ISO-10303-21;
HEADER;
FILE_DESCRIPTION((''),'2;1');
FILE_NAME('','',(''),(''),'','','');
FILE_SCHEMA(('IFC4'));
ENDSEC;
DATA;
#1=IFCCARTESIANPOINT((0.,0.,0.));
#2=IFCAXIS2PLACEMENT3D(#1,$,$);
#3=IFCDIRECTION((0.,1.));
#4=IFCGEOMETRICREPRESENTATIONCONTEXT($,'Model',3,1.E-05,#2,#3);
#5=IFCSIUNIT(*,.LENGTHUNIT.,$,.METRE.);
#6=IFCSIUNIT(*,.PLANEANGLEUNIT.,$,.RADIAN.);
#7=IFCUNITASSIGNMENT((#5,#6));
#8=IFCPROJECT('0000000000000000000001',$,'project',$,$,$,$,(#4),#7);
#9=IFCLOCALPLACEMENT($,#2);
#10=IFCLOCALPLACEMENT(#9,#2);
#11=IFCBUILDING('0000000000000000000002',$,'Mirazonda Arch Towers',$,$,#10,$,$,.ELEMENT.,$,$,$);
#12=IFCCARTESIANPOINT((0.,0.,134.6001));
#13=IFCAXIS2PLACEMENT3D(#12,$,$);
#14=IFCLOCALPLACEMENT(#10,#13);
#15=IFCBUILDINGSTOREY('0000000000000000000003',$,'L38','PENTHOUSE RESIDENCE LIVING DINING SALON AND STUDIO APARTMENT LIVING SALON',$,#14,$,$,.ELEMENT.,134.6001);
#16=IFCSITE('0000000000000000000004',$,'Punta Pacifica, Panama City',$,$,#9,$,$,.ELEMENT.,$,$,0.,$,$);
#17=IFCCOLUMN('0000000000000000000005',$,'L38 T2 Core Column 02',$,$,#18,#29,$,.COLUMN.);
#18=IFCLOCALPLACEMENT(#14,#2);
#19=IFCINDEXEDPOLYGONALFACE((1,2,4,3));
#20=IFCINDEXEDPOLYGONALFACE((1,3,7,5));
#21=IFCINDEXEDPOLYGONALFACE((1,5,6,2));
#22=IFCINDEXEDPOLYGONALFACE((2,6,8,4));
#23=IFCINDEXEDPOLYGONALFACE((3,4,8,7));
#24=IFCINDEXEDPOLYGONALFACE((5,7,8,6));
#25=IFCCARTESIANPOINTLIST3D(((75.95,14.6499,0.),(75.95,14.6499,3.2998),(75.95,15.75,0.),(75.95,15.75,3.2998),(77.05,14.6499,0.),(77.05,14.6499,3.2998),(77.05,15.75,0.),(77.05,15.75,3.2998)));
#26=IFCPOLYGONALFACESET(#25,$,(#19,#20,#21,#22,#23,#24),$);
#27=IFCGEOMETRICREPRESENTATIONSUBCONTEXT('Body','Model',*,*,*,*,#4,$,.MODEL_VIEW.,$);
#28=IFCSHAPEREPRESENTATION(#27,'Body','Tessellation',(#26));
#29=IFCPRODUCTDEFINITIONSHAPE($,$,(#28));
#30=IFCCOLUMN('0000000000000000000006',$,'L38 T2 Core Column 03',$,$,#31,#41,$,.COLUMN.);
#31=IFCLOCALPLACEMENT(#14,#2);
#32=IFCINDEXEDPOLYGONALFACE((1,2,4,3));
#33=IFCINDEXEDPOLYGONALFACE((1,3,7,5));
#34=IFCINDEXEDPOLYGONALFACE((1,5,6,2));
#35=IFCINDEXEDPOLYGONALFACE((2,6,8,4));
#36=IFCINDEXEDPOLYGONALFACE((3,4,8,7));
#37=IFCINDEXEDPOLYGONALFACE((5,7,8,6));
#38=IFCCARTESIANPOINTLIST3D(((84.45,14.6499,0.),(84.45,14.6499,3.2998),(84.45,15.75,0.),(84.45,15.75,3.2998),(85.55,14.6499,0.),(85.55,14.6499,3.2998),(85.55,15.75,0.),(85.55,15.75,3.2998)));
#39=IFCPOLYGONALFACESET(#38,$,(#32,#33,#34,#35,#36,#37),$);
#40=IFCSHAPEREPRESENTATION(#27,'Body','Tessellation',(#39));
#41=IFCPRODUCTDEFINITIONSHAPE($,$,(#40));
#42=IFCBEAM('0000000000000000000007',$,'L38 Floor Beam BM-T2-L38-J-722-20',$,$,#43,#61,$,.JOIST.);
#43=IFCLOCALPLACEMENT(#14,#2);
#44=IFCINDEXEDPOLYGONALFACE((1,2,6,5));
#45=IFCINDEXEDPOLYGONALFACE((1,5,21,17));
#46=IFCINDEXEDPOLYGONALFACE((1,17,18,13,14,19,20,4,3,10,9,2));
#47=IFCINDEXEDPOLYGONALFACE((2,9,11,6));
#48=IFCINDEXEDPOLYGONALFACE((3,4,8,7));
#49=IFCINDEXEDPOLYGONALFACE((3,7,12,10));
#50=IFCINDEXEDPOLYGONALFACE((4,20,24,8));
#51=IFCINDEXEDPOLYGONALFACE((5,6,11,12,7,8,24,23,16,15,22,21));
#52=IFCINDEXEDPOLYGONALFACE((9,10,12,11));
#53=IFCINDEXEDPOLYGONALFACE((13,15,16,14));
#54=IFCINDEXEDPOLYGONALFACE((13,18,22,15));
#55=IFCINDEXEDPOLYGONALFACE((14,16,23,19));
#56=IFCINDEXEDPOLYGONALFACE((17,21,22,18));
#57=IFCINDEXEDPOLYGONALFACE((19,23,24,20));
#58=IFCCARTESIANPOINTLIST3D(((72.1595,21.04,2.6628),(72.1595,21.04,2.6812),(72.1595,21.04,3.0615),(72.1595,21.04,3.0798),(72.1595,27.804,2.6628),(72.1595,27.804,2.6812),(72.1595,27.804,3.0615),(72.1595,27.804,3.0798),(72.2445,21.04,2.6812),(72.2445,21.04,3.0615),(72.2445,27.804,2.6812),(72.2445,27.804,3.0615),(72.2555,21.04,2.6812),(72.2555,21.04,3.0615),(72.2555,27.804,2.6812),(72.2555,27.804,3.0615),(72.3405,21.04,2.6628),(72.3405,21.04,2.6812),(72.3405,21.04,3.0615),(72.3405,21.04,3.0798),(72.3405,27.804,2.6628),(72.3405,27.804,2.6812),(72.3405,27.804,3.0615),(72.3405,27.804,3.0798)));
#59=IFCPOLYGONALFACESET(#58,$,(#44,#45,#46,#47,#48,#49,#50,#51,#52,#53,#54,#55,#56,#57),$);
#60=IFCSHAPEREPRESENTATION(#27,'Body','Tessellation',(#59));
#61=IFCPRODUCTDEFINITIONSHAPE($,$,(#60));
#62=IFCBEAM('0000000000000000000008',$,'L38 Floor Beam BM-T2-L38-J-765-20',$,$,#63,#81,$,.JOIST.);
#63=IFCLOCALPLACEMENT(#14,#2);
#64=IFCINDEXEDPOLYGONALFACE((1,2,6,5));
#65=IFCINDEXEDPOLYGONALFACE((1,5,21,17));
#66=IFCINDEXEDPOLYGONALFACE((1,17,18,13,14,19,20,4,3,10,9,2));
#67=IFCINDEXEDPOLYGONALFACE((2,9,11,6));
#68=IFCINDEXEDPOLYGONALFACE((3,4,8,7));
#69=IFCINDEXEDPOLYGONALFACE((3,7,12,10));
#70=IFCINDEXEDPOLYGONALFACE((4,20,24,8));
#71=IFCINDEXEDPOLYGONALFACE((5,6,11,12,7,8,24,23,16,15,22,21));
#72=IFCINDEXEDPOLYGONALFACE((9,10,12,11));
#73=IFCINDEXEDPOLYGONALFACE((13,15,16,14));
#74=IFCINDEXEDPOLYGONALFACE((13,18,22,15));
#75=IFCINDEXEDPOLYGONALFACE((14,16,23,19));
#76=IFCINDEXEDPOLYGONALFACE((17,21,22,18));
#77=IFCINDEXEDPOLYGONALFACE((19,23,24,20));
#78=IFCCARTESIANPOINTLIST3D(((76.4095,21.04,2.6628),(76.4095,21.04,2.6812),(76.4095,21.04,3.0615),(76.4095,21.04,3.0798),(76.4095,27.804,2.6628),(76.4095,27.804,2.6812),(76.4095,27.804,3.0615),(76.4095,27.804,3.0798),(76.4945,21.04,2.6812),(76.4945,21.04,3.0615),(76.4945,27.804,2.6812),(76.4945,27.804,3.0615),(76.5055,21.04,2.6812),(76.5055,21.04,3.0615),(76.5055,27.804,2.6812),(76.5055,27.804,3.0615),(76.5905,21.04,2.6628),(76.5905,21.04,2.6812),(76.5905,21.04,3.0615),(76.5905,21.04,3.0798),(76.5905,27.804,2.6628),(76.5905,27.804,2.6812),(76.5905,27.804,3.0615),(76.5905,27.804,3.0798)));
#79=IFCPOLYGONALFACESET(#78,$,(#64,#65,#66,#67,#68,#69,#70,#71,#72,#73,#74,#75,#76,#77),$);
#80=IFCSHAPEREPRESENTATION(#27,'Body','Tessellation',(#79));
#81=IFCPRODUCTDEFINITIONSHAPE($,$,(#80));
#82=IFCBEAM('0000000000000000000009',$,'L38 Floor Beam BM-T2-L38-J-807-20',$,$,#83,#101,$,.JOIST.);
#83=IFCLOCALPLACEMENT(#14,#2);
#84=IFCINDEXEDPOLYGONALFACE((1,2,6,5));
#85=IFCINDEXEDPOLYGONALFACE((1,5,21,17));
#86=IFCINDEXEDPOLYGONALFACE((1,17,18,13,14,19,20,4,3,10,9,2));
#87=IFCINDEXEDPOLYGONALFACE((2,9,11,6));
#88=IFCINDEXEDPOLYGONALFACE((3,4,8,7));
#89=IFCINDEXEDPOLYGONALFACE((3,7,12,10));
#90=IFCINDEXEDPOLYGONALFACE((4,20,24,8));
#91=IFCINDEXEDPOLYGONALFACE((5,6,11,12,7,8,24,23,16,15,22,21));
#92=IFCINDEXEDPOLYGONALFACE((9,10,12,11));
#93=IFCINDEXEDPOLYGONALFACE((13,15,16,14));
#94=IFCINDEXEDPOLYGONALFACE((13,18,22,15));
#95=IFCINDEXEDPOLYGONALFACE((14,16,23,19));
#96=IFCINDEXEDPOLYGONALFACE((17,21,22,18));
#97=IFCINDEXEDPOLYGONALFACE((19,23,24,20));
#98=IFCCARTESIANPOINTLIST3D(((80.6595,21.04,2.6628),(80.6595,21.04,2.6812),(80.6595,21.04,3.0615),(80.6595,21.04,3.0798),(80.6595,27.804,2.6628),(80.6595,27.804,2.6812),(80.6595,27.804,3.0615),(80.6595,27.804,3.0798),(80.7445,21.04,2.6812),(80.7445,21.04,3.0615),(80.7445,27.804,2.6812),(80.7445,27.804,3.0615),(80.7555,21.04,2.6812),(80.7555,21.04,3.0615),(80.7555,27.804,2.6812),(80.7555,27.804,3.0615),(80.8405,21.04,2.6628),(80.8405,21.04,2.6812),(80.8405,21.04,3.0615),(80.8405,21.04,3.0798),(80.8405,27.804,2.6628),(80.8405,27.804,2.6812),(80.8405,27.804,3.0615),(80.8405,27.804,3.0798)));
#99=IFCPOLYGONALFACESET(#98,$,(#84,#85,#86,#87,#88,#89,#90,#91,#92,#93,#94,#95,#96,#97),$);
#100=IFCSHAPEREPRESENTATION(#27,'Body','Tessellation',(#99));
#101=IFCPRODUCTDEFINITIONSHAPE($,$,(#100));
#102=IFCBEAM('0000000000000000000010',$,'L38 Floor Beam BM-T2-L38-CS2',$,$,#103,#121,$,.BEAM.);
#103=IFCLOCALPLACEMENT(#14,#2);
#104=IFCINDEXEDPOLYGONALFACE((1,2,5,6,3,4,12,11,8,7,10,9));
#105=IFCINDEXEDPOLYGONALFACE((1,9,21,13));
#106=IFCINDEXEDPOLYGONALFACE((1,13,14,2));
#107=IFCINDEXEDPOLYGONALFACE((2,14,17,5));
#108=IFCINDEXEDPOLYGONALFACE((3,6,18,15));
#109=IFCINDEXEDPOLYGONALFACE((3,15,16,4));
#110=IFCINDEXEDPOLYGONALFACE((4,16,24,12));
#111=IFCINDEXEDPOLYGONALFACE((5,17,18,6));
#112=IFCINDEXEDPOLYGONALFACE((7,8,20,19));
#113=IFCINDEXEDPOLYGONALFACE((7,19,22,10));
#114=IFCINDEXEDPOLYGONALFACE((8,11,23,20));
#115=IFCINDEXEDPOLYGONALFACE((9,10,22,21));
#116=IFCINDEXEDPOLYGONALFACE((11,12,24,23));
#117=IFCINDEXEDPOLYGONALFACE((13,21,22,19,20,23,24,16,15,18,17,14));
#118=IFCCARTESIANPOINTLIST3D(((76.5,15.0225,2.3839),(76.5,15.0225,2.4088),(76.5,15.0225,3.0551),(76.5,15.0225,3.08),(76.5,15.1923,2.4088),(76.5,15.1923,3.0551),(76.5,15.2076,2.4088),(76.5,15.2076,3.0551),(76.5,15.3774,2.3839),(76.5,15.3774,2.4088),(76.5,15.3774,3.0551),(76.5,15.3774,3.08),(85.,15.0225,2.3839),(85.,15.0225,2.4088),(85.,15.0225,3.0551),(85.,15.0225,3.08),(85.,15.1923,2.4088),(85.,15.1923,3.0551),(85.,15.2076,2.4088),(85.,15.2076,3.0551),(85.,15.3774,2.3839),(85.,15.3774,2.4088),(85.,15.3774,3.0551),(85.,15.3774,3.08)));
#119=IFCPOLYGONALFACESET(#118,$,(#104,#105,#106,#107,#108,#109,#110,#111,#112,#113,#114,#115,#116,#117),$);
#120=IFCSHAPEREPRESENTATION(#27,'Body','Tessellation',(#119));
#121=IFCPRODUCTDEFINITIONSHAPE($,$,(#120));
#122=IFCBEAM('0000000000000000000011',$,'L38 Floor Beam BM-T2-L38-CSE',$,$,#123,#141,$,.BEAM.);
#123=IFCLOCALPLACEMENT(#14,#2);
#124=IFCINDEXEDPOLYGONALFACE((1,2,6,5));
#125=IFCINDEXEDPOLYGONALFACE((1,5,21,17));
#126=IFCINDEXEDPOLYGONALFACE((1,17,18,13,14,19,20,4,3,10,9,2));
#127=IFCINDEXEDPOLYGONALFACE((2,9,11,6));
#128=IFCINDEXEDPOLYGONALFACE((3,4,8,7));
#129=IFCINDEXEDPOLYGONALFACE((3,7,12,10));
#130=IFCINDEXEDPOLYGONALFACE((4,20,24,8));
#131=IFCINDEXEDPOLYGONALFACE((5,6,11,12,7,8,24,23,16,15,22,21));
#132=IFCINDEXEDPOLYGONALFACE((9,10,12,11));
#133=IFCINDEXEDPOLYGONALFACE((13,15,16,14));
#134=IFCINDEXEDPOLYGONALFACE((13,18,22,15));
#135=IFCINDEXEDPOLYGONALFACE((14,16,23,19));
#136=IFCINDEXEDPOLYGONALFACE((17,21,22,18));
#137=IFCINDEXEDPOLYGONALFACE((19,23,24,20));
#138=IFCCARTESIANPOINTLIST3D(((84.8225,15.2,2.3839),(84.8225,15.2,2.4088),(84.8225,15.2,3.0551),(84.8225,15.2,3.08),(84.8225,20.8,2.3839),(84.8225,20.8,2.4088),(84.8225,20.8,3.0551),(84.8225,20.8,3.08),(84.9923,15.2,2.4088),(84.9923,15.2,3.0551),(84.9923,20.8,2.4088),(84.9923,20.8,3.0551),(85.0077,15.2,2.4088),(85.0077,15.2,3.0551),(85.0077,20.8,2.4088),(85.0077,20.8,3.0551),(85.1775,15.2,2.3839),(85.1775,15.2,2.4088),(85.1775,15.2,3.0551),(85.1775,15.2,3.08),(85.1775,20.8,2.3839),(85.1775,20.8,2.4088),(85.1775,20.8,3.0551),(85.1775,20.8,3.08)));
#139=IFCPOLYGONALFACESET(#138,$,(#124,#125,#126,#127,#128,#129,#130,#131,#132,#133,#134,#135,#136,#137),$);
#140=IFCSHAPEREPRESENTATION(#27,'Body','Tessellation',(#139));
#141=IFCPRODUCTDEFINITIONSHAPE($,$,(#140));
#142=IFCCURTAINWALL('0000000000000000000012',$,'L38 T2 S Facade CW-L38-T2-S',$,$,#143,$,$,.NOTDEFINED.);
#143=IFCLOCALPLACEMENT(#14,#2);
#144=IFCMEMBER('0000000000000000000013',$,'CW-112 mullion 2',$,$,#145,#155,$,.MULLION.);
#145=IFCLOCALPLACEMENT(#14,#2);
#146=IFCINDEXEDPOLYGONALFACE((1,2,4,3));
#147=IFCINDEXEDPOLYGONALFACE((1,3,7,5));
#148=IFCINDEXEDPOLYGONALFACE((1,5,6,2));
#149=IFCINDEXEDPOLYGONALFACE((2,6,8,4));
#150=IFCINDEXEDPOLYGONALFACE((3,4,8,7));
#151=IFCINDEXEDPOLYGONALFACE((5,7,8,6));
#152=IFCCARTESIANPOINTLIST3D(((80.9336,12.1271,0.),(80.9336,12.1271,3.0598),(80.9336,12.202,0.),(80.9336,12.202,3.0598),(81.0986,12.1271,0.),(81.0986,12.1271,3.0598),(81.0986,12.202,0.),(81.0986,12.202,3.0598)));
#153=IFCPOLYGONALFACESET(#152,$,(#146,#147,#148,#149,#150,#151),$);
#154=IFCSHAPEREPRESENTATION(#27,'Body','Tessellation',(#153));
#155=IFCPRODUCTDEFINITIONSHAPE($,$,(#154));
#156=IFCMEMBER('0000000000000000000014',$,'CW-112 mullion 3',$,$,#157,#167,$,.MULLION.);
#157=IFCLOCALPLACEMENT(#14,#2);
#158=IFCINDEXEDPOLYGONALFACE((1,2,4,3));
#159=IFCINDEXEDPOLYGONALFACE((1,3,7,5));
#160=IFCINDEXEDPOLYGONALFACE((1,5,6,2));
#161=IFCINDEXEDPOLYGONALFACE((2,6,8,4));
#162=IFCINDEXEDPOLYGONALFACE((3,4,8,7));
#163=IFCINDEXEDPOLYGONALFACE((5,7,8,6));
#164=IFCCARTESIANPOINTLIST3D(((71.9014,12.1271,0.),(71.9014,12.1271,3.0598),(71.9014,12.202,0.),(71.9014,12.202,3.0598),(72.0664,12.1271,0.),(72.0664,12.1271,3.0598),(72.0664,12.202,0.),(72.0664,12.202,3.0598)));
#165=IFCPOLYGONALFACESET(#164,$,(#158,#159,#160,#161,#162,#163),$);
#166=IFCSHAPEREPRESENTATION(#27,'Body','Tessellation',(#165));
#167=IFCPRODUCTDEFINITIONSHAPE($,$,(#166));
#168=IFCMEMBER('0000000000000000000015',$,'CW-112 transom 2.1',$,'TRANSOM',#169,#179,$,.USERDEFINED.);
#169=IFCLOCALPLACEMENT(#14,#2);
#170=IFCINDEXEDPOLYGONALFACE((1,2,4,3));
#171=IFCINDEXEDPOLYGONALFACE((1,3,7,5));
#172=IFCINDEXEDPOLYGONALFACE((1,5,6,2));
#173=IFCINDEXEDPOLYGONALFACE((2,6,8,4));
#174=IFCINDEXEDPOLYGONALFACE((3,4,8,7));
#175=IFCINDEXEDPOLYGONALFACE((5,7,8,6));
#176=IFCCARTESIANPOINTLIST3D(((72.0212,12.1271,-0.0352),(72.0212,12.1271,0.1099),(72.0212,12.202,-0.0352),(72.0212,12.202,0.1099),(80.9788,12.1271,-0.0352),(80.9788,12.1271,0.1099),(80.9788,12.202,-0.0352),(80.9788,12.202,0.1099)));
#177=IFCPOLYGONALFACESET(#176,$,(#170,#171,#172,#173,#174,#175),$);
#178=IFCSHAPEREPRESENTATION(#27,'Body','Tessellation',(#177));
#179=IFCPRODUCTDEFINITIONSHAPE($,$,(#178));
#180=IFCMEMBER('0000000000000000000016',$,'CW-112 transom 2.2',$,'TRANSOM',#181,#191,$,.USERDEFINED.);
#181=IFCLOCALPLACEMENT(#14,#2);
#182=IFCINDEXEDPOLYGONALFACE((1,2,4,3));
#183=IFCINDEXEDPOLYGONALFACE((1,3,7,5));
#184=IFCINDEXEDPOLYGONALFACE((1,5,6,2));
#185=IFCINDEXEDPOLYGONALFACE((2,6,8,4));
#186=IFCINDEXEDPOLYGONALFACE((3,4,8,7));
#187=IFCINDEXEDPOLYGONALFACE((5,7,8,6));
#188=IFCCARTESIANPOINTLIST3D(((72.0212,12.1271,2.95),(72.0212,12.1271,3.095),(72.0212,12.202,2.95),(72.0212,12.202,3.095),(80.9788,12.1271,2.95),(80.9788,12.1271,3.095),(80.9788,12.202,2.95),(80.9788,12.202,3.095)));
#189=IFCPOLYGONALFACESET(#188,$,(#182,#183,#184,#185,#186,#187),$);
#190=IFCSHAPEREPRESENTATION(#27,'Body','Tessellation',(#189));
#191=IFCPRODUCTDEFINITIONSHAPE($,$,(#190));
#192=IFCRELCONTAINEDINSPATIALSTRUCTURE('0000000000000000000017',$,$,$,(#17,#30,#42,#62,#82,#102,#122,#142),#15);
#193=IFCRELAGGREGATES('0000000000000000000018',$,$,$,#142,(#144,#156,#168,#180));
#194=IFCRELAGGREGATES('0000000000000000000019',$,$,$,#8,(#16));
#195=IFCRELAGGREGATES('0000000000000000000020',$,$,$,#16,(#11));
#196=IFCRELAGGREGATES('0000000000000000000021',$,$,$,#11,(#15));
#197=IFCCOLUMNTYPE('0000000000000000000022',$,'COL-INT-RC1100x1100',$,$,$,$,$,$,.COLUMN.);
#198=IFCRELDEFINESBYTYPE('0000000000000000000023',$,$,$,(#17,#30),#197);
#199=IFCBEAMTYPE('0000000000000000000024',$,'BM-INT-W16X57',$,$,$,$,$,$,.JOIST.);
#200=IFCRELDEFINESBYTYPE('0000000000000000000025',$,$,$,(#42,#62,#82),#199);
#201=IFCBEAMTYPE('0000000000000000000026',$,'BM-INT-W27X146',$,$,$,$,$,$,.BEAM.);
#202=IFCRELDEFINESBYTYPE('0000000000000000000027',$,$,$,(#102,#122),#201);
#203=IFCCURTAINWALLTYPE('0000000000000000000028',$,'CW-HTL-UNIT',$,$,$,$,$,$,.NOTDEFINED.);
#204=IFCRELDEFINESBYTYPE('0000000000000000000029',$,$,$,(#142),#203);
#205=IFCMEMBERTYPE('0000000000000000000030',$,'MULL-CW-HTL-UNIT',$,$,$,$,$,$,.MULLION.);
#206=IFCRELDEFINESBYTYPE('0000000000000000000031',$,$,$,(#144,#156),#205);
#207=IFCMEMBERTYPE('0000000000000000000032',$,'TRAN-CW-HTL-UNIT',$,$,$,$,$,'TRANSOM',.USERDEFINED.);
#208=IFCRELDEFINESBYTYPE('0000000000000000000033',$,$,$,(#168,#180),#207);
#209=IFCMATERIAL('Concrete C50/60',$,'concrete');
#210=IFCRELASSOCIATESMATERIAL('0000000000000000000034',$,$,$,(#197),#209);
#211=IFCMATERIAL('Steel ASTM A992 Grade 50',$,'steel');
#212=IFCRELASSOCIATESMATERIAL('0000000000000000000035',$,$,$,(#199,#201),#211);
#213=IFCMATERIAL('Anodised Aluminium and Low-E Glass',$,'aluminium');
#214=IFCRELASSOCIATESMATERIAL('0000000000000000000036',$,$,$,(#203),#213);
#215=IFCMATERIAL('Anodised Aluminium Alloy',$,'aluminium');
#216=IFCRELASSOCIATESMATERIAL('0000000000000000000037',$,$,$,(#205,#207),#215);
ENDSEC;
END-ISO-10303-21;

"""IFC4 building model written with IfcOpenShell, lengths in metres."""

from ifc_helpers import new_model, si_unit, direction, frame, origin, origin_2d, place, context, subcontext, project, spatial, rectangle, i_section, extrude, material, material_profile, profile_set, type_object, element, aggregate, save


model = new_model("IFC4")

# Units and contexts
model_context = context("Model", 3, precision=1e-05, world=origin(), true_north=direction((0.0, 1.0)))
body_context = subcontext(model_context, "Body", "Model", "MODEL_VIEW")
ifc_project = project(units=[si_unit("LENGTHUNIT", "METRE"), si_unit("PLANEANGLEUNIT", "RADIAN")], contexts=[model_context])

# Site, building, storey
site_placement = place(None, origin())
site = spatial("IfcSite", under=ifc_project, at=site_placement, Name="Punta Pacifica, Panama City", CompositionType="ELEMENT", RefElevation=0.0)
building_placement = place(site_placement, origin())
building = spatial("IfcBuilding", under=site, at=building_placement, Name="Mirazonda Arch Towers", CompositionType="ELEMENT")
storey_placement = place(building_placement, frame((0.0, 0.0, 134.6001)))
storey = spatial("IfcBuildingStorey", under=building, at=storey_placement, Name="L38", Description="PENTHOUSE RESIDENCE LIVING DINING SALON AND STUDIO APARTMENT LIVING SALON", CompositionType="ELEMENT", Elevation=134.6001)

# Columns
ifc_material_1 = material(Name="Concrete C50/60", Category="concrete")
ifc_material_profile_1 = material_profile(ifc_material_1, rectangle(XDim=1.1001, YDim=1.1001, at=origin_2d()), Name="RC1100x1100")
ifc_profile_set_1 = profile_set([ifc_material_profile_1], Name="Concrete C50/60")
column_type = type_object("IfcColumnType", Name="COL-INT-RC1100x1100", PredefinedType="COLUMN", material=ifc_profile_set_1)
for number, where, z_axis, x_axis, name in (
    (1, (76.5, 15.2, 0.0), (0.0, 0.0, 1.0), (1.0, 0.0, 0.0), "L38 T2 Core Column 02"),
    (2, (85.0, 15.2, 0.0), (0.0, 0.0, 1.0), (1.0, 0.0, 0.0), "L38 T2 Core Column 03"),
):
    element("IfcColumn", number, at=place(storey_placement, frame(where, z_axis=z_axis, x_axis=x_axis)), inside=storey, type_object=column_type, Name=name, PredefinedType="COLUMN", context=body_context, shape_type="SweptSolid", body=[
        extrude(rectangle(XDim=1.1001, YDim=1.1001, at=origin_2d()), origin(), (0.0, 0.0, 1.0), 3.2998),
    ])

# Beams
ifc_material_2 = material(Name="Steel ASTM A992 Grade 50", Category="steel")
ifc_material_profile_2 = material_profile(ifc_material_2, i_section(OverallWidth=0.1809, OverallDepth=0.417, WebThickness=0.011, FlangeThickness=0.0183, at=origin_2d()), Name="W16X57")
ifc_profile_set_2 = profile_set([ifc_material_profile_2], Name="Steel ASTM A992 Grade 50")
beam_type_1 = type_object("IfcBeamType", Name="BM-INT-W16X57", PredefinedType="JOIST", material=ifc_profile_set_2)
for number, where, z_axis, x_axis, name in (
    (3, (72.25, 21.04, 2.8713), (0.0, 1.0, 0.0), (-1.0, 0.0, 0.0), "L38 Floor Beam BM-T2-L38-J-722-20"),
    (4, (76.5, 21.04, 2.8713), (0.0, 1.0, 0.0), (-1.0, 0.0, 0.0), "L38 Floor Beam BM-T2-L38-J-765-20"),
    (5, (80.75, 21.04, 2.8713), (0.0, 1.0, 0.0), (-1.0, 0.0, 0.0), "L38 Floor Beam BM-T2-L38-J-807-20"),
):
    element("IfcBeam", number, at=place(storey_placement, frame(where, z_axis=z_axis, x_axis=x_axis)), inside=storey, type_object=beam_type_1, Name=name, PredefinedType="JOIST", context=body_context, shape_type="SweptSolid", body=[
        extrude(i_section(OverallWidth=0.1809, OverallDepth=0.417, WebThickness=0.011, FlangeThickness=0.0183, at=origin_2d()), origin(), (0.0, 0.0, 1.0), 6.7639),
    ])
ifc_material_profile_3 = material_profile(ifc_material_2, i_section(OverallWidth=0.355, OverallDepth=0.696, WebThickness=0.0154, FlangeThickness=0.0249, at=origin_2d()), Name="W27X146")
ifc_profile_set_3 = profile_set([ifc_material_profile_3], Name="Steel ASTM A992 Grade 50")
beam_type_2 = type_object("IfcBeamType", Name="BM-INT-W27X146", PredefinedType="BEAM", material=ifc_profile_set_3)
beam_1_placement = place(storey_placement, frame((76.5, 15.2, 2.7319), z_axis=(1.0, 0.0, 0.0), x_axis=(0.0, 1.0, 0.0)))
element("IfcBeam", 6, at=beam_1_placement, inside=storey, type_object=beam_type_2, Name="L38 Floor Beam BM-T2-L38-CS2", PredefinedType="BEAM", context=body_context, shape_type="SweptSolid", body=[
    extrude(i_section(OverallWidth=0.355, OverallDepth=0.696, WebThickness=0.0154, FlangeThickness=0.0249, at=origin_2d()), origin(), (0.0, 0.0, 1.0), 8.5),
])
beam_2_placement = place(storey_placement, frame((85.0, 15.2, 2.7319), z_axis=(0.0, 1.0, 0.0), x_axis=(-1.0, 0.0, 0.0)))
element("IfcBeam", 7, at=beam_2_placement, inside=storey, type_object=beam_type_2, Name="L38 Floor Beam BM-T2-L38-CSE", PredefinedType="BEAM", context=body_context, shape_type="SweptSolid", body=[
    extrude(i_section(OverallWidth=0.355, OverallDepth=0.696, WebThickness=0.0154, FlangeThickness=0.0249, at=origin_2d()), origin(), (0.0, 0.0, 1.0), 5.6001),
])

# Curtain wall, members
ifc_material_3 = material(Name="Anodised Aluminium and Low-E Glass", Category="aluminium")
curtain_wall_type = type_object("IfcCurtainWallType", Name="CW-HTL-UNIT", PredefinedType="NOTDEFINED", material=ifc_material_3)
curtain_wall_placement = place(storey_placement, origin())
curtain_wall = element("IfcCurtainWall", 8, at=curtain_wall_placement, inside=storey, type_object=curtain_wall_type, Name="L38 T2 S Facade CW-L38-T2-S", PredefinedType="NOTDEFINED")
ifc_material_4 = material(Name="Anodised Aluminium Alloy", Category="aluminium")
ifc_material_profile_4 = material_profile(ifc_material_4, rectangle(XDim=0.075, YDim=0.165, at=origin_2d()), Name="ALU-MULL-75x165")
ifc_profile_set_4 = profile_set([ifc_material_profile_4], Name="Anodised Aluminium Alloy")
member_type_1 = type_object("IfcMemberType", Name="MULL-CW-HTL-UNIT", PredefinedType="MULLION", material=ifc_profile_set_4)
member_1_placement = place(storey_placement, frame((81.0161, 12.1646, 0.0), z_axis=(0.0, 0.0, 1.0), x_axis=(0.0, -1.0, 0.0)))
member_1 = element("IfcMember", 9, at=member_1_placement, type_object=member_type_1, Name="CW-112 mullion 2", PredefinedType="MULLION", context=body_context, shape_type="SweptSolid", body=[
    extrude(rectangle(XDim=0.075, YDim=0.165, at=origin_2d()), origin(), (0.0, 0.0, 1.0), 3.0598),
])
member_2_placement = place(storey_placement, frame((71.9839, 12.1646, 0.0), z_axis=(0.0, 0.0, 1.0), x_axis=(0.0, -1.0, 0.0)))
member_2 = element("IfcMember", 10, at=member_2_placement, type_object=member_type_1, Name="CW-112 mullion 3", PredefinedType="MULLION", context=body_context, shape_type="SweptSolid", body=[
    extrude(rectangle(XDim=0.075, YDim=0.165, at=origin_2d()), origin(), (0.0, 0.0, 1.0), 3.0598),
])
ifc_material_profile_5 = material_profile(ifc_material_4, rectangle(XDim=0.075, YDim=0.145, at=origin_2d()), Name="ALU-TRAN-75x145")
ifc_profile_set_5 = profile_set([ifc_material_profile_5], Name="Anodised Aluminium Alloy")
member_type_2 = type_object("IfcMemberType", Name="TRAN-CW-HTL-UNIT", ElementType="TRANSOM", PredefinedType="USERDEFINED", material=ifc_profile_set_5)
member_3_placement = place(storey_placement, frame((80.9788, 12.1646, 0.0374), z_axis=(-1.0, 0.0, 0.0), x_axis=(0.0, -1.0, 0.0)))
member_3 = element("IfcMember", 11, at=member_3_placement, type_object=member_type_2, Name="CW-112 transom 2.1", ObjectType="TRANSOM", PredefinedType="USERDEFINED", context=body_context, shape_type="SweptSolid", body=[
    extrude(rectangle(XDim=0.075, YDim=0.145, at=origin_2d()), origin(), (0.0, 0.0, 1.0), 8.9575),
])
member_4_placement = place(storey_placement, frame((80.9788, 12.1646, 3.0225), z_axis=(-1.0, 0.0, 0.0), x_axis=(0.0, -1.0, 0.0)))
member_4 = element("IfcMember", 12, at=member_4_placement, type_object=member_type_2, Name="CW-112 transom 2.2", ObjectType="TRANSOM", PredefinedType="USERDEFINED", context=body_context, shape_type="SweptSolid", body=[
    extrude(rectangle(XDim=0.075, YDim=0.145, at=origin_2d()), origin(), (0.0, 0.0, 1.0), 8.9575),
])
aggregate(curtain_wall, [member_1, member_2, member_3, member_4])

save(model, "model.ifc")
